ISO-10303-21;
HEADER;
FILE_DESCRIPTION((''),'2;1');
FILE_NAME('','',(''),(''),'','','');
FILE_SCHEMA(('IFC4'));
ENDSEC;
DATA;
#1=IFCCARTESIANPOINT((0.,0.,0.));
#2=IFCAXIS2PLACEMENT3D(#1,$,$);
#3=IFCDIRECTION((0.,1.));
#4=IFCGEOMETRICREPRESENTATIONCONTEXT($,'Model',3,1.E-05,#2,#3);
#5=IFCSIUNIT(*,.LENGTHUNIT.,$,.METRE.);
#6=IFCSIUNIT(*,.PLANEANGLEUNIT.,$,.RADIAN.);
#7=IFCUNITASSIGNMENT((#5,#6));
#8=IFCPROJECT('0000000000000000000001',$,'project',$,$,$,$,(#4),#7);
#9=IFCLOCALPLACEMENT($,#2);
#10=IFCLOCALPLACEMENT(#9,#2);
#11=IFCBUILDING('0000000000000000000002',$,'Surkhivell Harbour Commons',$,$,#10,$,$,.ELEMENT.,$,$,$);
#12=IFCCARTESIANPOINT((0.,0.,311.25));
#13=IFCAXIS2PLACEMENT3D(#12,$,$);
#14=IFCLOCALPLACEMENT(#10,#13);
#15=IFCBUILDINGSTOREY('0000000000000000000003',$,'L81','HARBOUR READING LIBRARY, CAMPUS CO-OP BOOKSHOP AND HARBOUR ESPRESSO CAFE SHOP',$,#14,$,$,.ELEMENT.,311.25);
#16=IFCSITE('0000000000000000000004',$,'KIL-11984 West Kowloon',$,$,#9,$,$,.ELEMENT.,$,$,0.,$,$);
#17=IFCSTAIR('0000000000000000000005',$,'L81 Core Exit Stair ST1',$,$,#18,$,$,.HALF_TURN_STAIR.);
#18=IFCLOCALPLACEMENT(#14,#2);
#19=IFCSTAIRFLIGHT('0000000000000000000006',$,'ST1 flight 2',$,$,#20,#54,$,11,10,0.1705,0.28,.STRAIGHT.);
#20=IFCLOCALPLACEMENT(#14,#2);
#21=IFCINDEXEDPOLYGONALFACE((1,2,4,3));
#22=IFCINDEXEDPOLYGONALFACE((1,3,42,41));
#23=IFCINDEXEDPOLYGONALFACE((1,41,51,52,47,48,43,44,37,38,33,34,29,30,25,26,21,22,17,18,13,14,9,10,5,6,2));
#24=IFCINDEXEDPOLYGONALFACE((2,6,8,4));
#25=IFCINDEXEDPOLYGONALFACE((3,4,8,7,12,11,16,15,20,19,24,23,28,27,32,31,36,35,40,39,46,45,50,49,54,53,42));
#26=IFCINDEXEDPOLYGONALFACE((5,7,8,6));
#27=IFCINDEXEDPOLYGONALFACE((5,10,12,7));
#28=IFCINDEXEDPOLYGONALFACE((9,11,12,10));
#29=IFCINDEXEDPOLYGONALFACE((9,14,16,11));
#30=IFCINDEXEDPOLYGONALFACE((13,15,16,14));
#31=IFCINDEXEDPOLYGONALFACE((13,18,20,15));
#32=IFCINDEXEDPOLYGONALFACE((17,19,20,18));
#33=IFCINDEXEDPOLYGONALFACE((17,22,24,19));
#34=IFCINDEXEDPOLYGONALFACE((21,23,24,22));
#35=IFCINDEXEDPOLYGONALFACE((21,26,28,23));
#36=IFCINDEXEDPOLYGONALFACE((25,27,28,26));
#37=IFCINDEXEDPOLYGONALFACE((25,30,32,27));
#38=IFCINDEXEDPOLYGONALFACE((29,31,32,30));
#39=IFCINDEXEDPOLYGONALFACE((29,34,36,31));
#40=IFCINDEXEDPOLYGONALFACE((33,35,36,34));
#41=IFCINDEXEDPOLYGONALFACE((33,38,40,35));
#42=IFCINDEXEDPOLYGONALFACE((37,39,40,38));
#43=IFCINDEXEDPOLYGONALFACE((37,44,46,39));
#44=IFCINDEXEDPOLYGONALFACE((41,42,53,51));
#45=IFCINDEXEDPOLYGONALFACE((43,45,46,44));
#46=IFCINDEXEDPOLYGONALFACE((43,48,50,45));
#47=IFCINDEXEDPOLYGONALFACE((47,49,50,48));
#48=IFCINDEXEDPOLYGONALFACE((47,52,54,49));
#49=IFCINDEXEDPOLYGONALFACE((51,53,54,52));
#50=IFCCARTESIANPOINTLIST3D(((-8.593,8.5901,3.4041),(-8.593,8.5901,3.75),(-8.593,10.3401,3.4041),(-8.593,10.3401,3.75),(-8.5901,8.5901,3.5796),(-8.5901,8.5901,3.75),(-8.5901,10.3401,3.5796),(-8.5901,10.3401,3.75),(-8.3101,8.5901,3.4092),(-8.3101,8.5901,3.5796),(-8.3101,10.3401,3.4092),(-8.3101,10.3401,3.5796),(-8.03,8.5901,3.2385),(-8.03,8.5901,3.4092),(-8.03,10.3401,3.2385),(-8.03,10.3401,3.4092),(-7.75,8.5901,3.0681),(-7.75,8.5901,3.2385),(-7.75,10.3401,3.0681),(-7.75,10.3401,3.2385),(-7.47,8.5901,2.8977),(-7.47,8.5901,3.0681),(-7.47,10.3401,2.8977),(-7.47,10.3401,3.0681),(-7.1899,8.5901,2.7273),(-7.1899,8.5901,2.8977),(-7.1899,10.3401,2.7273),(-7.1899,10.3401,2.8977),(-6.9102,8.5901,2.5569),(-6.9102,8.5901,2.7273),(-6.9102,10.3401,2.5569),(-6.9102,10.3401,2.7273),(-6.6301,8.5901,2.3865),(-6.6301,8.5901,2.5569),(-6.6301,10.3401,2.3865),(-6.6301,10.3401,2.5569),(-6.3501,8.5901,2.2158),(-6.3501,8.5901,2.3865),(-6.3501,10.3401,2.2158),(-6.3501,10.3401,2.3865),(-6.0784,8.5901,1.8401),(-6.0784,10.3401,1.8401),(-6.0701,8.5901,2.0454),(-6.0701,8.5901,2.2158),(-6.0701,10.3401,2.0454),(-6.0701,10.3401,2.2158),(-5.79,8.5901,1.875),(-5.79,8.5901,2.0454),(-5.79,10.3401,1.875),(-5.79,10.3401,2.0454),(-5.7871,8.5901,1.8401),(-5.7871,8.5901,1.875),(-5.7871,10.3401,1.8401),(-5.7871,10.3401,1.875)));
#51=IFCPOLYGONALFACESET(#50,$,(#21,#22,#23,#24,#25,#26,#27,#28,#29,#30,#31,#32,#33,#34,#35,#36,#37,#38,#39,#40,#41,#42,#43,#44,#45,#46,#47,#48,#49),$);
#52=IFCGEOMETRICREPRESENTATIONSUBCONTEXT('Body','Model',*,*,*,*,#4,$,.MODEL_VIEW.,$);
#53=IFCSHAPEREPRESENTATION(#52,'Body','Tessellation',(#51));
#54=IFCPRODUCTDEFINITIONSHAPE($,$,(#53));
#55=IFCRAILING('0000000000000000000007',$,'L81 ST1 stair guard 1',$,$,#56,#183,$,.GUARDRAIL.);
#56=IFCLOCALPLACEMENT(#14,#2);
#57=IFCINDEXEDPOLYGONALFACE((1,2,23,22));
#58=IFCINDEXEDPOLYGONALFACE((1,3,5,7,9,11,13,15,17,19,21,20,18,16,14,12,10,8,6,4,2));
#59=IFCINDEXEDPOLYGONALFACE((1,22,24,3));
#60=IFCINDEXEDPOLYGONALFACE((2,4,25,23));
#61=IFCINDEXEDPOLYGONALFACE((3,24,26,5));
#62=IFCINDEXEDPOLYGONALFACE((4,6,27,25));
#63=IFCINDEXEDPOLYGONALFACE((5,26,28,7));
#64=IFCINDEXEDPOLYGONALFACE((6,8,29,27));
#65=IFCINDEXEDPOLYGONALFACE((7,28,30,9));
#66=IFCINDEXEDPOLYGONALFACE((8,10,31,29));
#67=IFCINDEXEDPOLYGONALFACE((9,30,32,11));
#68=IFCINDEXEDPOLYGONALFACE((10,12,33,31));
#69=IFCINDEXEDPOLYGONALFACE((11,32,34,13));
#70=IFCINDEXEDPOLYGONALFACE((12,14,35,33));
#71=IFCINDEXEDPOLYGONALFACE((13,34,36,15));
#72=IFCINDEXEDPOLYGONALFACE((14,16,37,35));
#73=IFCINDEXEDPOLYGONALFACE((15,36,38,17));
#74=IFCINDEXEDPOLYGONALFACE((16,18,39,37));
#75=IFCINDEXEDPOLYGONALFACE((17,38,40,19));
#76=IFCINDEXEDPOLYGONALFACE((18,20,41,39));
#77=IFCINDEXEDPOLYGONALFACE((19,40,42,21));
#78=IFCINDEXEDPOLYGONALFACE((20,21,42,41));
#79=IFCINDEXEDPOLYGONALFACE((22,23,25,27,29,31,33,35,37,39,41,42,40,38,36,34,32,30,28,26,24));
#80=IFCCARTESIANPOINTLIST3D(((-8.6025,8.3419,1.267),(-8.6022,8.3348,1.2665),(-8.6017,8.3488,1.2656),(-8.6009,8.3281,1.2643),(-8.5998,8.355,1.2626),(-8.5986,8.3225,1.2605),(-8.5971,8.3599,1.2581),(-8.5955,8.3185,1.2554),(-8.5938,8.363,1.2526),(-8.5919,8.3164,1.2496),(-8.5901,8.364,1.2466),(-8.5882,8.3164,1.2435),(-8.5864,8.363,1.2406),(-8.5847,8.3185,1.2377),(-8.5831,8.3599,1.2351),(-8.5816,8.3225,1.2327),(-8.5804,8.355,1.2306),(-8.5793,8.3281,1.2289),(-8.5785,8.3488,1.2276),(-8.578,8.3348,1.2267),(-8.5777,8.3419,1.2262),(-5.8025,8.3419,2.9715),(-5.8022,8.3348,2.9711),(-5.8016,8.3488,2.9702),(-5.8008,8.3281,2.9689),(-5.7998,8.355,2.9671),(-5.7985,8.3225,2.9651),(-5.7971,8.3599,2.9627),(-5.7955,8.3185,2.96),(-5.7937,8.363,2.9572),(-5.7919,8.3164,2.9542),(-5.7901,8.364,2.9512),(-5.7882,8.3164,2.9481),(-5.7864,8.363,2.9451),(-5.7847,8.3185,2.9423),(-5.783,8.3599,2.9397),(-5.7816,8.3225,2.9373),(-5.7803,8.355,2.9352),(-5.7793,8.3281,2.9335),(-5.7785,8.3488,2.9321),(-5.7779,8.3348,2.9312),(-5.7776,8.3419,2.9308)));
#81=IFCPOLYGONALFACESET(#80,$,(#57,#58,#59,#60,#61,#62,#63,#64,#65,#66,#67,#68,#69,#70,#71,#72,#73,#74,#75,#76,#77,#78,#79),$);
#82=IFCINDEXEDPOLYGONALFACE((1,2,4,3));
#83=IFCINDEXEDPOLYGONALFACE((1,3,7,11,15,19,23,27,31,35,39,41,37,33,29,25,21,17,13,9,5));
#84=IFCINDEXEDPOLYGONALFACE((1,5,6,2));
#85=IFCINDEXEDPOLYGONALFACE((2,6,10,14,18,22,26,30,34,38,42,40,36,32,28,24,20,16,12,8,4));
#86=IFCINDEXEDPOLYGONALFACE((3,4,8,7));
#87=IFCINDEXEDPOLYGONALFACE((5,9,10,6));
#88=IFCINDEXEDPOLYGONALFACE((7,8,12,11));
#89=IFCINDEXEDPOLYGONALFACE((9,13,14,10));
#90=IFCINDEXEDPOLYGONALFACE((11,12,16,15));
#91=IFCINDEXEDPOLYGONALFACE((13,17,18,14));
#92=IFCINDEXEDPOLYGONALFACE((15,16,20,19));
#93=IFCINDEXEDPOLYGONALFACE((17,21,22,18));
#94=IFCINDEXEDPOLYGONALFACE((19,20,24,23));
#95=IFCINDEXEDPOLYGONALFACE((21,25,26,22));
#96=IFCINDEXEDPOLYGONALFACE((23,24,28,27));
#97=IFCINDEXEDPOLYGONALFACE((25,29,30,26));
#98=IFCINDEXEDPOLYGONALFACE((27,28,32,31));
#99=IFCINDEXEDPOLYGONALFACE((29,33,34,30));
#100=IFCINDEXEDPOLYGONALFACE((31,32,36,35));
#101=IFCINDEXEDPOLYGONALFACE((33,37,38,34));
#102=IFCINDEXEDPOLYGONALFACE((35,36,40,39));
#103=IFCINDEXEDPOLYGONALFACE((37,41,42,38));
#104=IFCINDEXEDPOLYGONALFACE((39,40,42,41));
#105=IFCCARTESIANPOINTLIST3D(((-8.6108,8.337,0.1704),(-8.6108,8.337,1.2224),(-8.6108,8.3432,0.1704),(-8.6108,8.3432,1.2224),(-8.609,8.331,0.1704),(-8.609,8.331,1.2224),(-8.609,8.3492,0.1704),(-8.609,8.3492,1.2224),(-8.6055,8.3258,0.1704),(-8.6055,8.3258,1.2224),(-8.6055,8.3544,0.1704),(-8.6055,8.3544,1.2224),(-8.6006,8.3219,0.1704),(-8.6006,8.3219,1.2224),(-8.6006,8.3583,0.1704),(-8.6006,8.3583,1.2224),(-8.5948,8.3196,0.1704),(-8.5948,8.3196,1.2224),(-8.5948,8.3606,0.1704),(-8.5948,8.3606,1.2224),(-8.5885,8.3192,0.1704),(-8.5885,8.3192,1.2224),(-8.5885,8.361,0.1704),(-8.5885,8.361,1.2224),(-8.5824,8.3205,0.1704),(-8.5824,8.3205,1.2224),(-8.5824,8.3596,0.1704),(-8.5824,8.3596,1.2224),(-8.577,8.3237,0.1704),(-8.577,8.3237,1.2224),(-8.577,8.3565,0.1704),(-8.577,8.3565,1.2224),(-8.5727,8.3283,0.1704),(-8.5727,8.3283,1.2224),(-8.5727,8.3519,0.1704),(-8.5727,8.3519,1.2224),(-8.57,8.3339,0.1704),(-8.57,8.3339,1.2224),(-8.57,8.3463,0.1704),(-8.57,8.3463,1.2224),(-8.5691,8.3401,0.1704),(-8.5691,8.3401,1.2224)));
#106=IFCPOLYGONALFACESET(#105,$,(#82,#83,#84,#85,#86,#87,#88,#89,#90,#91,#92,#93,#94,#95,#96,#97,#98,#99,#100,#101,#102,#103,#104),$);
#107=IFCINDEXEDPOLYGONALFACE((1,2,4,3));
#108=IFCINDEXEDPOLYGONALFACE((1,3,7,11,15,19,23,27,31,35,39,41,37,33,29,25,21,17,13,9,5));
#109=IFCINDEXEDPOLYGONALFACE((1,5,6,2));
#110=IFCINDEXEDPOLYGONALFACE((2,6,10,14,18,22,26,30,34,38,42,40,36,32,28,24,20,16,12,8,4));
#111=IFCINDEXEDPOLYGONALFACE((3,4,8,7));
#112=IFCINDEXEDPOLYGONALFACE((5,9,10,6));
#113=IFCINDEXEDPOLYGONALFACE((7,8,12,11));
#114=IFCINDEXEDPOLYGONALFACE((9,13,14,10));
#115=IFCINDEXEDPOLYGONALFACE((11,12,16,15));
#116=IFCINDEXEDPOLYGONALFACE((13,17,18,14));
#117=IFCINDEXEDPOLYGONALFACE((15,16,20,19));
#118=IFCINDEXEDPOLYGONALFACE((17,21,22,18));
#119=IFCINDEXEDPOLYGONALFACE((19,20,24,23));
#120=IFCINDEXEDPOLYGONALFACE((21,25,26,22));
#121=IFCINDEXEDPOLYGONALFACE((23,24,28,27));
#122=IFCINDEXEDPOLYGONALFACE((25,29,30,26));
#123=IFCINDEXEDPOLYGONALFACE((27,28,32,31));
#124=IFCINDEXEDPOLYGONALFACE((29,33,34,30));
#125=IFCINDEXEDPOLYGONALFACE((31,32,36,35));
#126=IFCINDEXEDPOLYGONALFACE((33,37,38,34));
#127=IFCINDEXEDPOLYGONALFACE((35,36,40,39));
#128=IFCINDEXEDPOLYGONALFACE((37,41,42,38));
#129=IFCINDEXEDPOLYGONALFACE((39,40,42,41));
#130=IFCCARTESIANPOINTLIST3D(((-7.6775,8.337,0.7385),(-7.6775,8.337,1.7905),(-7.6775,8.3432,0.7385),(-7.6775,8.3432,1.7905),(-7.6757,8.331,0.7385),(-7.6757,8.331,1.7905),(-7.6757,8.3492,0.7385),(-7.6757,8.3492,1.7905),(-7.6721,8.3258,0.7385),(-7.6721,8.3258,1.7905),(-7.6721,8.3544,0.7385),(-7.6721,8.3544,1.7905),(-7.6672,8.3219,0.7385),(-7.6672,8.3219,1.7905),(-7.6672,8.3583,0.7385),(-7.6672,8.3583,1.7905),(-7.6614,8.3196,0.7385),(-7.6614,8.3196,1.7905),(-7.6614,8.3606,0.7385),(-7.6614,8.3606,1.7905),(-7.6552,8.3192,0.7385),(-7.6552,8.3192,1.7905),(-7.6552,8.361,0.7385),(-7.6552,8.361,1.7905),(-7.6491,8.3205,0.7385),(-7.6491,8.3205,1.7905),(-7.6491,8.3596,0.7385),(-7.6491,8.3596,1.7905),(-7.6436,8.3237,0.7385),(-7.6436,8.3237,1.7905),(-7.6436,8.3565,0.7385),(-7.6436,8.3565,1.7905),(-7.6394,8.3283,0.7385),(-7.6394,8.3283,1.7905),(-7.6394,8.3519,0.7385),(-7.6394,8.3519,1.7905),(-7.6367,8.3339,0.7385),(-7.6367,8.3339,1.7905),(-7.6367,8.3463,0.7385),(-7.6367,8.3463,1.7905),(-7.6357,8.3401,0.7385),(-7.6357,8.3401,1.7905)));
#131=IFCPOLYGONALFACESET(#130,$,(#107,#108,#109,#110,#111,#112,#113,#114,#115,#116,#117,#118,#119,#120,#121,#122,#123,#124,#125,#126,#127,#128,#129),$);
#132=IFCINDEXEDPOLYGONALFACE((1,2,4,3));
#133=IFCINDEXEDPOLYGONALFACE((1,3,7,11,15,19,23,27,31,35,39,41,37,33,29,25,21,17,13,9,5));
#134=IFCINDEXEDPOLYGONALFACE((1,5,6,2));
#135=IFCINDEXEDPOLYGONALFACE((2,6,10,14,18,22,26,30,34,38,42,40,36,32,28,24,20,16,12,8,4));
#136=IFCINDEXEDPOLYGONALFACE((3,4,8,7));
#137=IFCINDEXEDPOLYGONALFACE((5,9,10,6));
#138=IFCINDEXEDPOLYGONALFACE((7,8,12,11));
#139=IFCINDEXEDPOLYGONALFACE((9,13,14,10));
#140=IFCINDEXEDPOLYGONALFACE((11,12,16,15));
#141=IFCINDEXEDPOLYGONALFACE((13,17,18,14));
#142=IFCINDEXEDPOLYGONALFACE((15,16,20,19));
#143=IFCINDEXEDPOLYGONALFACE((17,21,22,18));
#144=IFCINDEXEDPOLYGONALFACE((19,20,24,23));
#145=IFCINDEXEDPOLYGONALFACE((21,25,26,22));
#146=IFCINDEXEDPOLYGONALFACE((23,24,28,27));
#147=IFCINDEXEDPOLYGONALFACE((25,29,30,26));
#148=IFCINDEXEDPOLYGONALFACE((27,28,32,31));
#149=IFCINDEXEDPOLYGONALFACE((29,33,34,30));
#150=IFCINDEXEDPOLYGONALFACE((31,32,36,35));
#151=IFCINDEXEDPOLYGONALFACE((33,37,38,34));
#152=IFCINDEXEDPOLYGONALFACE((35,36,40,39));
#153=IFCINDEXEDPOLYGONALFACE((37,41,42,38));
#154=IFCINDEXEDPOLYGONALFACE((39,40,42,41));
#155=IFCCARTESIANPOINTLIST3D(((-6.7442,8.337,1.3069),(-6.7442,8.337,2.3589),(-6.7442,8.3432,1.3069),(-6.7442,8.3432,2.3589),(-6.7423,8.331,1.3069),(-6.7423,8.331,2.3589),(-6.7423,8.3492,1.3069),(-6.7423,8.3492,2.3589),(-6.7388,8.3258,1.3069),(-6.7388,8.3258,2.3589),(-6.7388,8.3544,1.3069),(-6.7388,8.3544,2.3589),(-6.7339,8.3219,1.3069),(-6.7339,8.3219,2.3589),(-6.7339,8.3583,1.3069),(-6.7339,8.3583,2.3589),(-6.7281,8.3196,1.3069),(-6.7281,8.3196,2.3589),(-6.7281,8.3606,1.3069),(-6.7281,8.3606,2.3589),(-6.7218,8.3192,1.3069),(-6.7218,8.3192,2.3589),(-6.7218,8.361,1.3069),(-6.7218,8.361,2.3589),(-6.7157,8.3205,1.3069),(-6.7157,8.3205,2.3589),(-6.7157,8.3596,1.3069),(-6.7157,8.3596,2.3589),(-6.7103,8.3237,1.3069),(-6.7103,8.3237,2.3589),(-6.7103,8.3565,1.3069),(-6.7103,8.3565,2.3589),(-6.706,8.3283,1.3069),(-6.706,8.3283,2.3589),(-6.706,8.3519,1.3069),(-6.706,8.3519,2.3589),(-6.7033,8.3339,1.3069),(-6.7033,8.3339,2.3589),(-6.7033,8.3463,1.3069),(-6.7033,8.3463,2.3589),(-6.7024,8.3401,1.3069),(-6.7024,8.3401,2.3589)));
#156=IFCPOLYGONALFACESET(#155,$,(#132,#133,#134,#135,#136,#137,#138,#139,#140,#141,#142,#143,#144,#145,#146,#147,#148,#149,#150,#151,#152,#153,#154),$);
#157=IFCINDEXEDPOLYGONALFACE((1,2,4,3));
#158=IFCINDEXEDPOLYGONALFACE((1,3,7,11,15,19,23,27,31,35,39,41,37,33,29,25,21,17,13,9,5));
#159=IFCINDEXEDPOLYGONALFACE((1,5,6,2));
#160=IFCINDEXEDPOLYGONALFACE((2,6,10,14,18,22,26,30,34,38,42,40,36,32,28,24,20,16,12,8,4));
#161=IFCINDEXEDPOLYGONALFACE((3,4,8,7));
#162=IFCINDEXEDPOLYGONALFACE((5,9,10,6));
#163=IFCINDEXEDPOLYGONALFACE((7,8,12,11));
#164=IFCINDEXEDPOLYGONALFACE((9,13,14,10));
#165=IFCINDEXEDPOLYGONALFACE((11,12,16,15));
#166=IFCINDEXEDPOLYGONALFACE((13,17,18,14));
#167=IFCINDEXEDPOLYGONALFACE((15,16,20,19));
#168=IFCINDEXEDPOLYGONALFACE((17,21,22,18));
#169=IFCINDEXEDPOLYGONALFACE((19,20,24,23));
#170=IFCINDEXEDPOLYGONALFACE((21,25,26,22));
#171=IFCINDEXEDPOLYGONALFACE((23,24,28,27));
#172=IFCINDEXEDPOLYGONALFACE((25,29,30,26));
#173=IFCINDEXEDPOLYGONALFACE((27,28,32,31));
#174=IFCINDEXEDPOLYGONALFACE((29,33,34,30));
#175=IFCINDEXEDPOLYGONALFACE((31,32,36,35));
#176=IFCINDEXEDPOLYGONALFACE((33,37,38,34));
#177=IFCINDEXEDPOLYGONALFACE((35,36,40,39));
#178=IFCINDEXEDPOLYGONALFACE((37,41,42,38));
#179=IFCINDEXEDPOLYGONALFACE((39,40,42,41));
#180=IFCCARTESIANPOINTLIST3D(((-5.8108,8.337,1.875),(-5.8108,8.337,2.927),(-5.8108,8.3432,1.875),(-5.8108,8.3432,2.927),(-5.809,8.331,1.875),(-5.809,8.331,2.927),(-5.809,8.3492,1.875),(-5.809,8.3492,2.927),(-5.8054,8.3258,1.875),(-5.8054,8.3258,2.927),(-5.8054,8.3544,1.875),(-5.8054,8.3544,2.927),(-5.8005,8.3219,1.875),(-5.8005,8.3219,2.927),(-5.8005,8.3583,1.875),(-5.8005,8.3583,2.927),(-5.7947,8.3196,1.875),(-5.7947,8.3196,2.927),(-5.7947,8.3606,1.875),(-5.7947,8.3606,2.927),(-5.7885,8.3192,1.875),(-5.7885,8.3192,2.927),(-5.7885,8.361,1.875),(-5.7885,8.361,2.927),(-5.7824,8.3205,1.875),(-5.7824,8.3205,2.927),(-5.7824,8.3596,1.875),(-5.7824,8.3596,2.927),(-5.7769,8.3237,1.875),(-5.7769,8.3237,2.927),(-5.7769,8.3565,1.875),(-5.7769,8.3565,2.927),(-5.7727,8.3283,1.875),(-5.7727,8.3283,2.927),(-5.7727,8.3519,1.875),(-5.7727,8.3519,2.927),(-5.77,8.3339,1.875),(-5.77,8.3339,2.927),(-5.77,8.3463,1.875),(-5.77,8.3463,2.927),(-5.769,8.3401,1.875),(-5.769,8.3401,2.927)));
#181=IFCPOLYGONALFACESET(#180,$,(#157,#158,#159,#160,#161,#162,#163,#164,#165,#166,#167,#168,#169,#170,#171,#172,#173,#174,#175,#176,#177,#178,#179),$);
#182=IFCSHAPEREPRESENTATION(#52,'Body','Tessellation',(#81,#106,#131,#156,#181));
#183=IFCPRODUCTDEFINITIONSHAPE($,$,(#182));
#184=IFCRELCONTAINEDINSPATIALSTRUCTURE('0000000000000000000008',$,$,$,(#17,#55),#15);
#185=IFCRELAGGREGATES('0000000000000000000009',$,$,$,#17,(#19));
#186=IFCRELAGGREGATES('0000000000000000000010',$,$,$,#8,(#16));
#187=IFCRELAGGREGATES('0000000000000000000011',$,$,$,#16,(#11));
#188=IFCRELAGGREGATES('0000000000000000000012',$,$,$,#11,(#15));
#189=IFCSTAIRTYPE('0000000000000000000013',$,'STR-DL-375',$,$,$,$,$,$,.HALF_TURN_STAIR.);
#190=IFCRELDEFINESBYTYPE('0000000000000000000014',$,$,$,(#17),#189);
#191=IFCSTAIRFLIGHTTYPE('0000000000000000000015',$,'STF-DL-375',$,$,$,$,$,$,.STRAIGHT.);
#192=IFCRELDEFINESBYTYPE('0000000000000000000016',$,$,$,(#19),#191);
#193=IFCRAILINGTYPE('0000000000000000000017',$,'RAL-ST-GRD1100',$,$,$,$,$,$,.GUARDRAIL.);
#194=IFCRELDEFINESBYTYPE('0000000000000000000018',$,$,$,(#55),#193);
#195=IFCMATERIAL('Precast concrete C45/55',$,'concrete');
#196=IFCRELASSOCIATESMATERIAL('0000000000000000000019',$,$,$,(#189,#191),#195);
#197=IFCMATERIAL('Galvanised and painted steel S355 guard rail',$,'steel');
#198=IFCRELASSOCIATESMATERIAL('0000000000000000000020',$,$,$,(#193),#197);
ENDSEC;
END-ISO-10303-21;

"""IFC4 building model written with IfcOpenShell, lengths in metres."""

from ifc_helpers import new_model, si_unit, direction, frame, origin, origin_2d, place, context, subcontext, project, spatial, polyline, circle, outline, extrude, material, type_object, element, aggregate, save


model = new_model("IFC4")

# Units and contexts
model_context = context("Model", 3, precision=1e-05, world=origin(), true_north=direction((0.0, 1.0)))
body_context = subcontext(model_context, "Body", "Model", "MODEL_VIEW")
ifc_project = project(units=[si_unit("LENGTHUNIT", "METRE"), si_unit("PLANEANGLEUNIT", "RADIAN")], contexts=[model_context])

# Site, building, storey
site_placement = place(None, origin())
site = spatial("IfcSite", under=ifc_project, at=site_placement, Name="KIL-11984 West Kowloon", CompositionType="ELEMENT", RefElevation=0.0)
building_placement = place(site_placement, origin())
building = spatial("IfcBuilding", under=site, at=building_placement, Name="Surkhivell Harbour Commons", CompositionType="ELEMENT")
storey_placement = place(building_placement, frame((0.0, 0.0, 311.25)))
storey = spatial("IfcBuildingStorey", under=building, at=storey_placement, Name="L81", Description="HARBOUR READING LIBRARY, CAMPUS CO-OP BOOKSHOP AND HARBOUR ESPRESSO CAFE SHOP", CompositionType="ELEMENT", Elevation=311.25)

# Stair, stair flight
ifc_material_1 = material(Name="Precast concrete C45/55", Category="concrete")
stair_type = type_object("IfcStairType", Name="STR-DL-375", PredefinedType="HALF_TURN_STAIR", material=ifc_material_1)
stair_placement = place(storey_placement, origin())
stair = element("IfcStair", 1, at=stair_placement, inside=storey, type_object=stair_type, Name="L81 Core Exit Stair ST1", PredefinedType="HALF_TURN_STAIR")
stair_flight_type = type_object("IfcStairFlightType", Name="STF-DL-375", PredefinedType="STRAIGHT", material=ifc_material_1)
stair_flight_1_placement = place(storey_placement, frame((-5.79, 9.4651, 1.875), z_axis=(0.0, 0.0, 1.0), x_axis=(-1.0, 0.0, 0.0)))
stair_flight_1 = element("IfcStairFlight", 2, at=stair_flight_1_placement, type_object=stair_flight_type, Name="ST1 flight 2", NumberOfRisers=11, NumberOfTreads=10, PredefinedType="STRAIGHT", RiserHeight=0.1705, TreadLength=0.28, context=body_context, shape_type="SweptSolid", body=[
    extrude(outline(polyline([(-0.0029, -0.0349), (-0.0029, 0.0), (0.0, 0.0), (0.0, 0.1704), (0.28, 0.1704), (0.28, 0.3408), (0.5601, 0.3408), (0.5601, 0.5115), (0.8401, 0.5115), (0.8401, 0.6819), (1.1201, 0.6819), (1.1201, 0.8523), (1.3999, 0.8523), (1.3999, 1.0227), (1.6799, 1.0227), (1.6799, 1.1931), (1.96, 1.1931), (1.96, 1.3635), (2.24, 1.3635), (2.24, 1.5342), (2.52, 1.5342), (2.52, 1.7046), (2.8, 1.7046), (2.8, 1.875), (2.803, 1.875), (2.803, 1.5291), (0.2883, -0.0349), (-0.0029, -0.0349)])), frame((0.0, 0.875, 0.0), z_axis=(0.0, -1.0, 0.0), x_axis=(1.0, 0.0, 0.0)), (0.0, 0.0, 1.0), 1.75),
])
aggregate(stair, [stair_flight_1])

# Railing
ifc_material_2 = material(Name="Galvanised and painted steel S355 guard rail", Category="steel")
railing_type_1 = type_object("IfcRailingType", Name="RAL-ST-GRD1100", PredefinedType="GUARDRAIL", material=ifc_material_2)
railing_1_placement = place(storey_placement, frame((-8.5901, 8.3401, 0.1704)))
element("IfcRailing", 3, at=railing_1_placement, inside=storey, type_object=railing_type_1, Name="L81 ST1 stair guard 1", PredefinedType="GUARDRAIL", context=body_context, shape_type="SweptSolid", body=[
    extrude(circle(Radius=0.0239, at=origin_2d()), frame((0.0, 0.0, 1.0762), z_axis=(0.85417, 0.0, 0.519994), x_axis=(0.0, 1.0, 0.0)), (0.0, 0.0, 1.0), 3.2781),
    extrude(circle(Radius=0.021, at=origin_2d()), origin(), (0.0, 0.0, 1.0), 1.052),
    extrude(circle(Radius=0.021, at=origin_2d()), frame((0.9333, 0.0, 0.5681)), (0.0, 0.0, 1.0), 1.052),
    extrude(circle(Radius=0.021, at=origin_2d()), frame((1.8667, 0.0, 1.1365)), (0.0, 0.0, 1.0), 1.052),
    extrude(circle(Radius=0.021, at=origin_2d()), frame((2.8, 0.0, 1.7046)), (0.0, 0.0, 1.0), 1.052),
])

save(model, "model.ifc")
